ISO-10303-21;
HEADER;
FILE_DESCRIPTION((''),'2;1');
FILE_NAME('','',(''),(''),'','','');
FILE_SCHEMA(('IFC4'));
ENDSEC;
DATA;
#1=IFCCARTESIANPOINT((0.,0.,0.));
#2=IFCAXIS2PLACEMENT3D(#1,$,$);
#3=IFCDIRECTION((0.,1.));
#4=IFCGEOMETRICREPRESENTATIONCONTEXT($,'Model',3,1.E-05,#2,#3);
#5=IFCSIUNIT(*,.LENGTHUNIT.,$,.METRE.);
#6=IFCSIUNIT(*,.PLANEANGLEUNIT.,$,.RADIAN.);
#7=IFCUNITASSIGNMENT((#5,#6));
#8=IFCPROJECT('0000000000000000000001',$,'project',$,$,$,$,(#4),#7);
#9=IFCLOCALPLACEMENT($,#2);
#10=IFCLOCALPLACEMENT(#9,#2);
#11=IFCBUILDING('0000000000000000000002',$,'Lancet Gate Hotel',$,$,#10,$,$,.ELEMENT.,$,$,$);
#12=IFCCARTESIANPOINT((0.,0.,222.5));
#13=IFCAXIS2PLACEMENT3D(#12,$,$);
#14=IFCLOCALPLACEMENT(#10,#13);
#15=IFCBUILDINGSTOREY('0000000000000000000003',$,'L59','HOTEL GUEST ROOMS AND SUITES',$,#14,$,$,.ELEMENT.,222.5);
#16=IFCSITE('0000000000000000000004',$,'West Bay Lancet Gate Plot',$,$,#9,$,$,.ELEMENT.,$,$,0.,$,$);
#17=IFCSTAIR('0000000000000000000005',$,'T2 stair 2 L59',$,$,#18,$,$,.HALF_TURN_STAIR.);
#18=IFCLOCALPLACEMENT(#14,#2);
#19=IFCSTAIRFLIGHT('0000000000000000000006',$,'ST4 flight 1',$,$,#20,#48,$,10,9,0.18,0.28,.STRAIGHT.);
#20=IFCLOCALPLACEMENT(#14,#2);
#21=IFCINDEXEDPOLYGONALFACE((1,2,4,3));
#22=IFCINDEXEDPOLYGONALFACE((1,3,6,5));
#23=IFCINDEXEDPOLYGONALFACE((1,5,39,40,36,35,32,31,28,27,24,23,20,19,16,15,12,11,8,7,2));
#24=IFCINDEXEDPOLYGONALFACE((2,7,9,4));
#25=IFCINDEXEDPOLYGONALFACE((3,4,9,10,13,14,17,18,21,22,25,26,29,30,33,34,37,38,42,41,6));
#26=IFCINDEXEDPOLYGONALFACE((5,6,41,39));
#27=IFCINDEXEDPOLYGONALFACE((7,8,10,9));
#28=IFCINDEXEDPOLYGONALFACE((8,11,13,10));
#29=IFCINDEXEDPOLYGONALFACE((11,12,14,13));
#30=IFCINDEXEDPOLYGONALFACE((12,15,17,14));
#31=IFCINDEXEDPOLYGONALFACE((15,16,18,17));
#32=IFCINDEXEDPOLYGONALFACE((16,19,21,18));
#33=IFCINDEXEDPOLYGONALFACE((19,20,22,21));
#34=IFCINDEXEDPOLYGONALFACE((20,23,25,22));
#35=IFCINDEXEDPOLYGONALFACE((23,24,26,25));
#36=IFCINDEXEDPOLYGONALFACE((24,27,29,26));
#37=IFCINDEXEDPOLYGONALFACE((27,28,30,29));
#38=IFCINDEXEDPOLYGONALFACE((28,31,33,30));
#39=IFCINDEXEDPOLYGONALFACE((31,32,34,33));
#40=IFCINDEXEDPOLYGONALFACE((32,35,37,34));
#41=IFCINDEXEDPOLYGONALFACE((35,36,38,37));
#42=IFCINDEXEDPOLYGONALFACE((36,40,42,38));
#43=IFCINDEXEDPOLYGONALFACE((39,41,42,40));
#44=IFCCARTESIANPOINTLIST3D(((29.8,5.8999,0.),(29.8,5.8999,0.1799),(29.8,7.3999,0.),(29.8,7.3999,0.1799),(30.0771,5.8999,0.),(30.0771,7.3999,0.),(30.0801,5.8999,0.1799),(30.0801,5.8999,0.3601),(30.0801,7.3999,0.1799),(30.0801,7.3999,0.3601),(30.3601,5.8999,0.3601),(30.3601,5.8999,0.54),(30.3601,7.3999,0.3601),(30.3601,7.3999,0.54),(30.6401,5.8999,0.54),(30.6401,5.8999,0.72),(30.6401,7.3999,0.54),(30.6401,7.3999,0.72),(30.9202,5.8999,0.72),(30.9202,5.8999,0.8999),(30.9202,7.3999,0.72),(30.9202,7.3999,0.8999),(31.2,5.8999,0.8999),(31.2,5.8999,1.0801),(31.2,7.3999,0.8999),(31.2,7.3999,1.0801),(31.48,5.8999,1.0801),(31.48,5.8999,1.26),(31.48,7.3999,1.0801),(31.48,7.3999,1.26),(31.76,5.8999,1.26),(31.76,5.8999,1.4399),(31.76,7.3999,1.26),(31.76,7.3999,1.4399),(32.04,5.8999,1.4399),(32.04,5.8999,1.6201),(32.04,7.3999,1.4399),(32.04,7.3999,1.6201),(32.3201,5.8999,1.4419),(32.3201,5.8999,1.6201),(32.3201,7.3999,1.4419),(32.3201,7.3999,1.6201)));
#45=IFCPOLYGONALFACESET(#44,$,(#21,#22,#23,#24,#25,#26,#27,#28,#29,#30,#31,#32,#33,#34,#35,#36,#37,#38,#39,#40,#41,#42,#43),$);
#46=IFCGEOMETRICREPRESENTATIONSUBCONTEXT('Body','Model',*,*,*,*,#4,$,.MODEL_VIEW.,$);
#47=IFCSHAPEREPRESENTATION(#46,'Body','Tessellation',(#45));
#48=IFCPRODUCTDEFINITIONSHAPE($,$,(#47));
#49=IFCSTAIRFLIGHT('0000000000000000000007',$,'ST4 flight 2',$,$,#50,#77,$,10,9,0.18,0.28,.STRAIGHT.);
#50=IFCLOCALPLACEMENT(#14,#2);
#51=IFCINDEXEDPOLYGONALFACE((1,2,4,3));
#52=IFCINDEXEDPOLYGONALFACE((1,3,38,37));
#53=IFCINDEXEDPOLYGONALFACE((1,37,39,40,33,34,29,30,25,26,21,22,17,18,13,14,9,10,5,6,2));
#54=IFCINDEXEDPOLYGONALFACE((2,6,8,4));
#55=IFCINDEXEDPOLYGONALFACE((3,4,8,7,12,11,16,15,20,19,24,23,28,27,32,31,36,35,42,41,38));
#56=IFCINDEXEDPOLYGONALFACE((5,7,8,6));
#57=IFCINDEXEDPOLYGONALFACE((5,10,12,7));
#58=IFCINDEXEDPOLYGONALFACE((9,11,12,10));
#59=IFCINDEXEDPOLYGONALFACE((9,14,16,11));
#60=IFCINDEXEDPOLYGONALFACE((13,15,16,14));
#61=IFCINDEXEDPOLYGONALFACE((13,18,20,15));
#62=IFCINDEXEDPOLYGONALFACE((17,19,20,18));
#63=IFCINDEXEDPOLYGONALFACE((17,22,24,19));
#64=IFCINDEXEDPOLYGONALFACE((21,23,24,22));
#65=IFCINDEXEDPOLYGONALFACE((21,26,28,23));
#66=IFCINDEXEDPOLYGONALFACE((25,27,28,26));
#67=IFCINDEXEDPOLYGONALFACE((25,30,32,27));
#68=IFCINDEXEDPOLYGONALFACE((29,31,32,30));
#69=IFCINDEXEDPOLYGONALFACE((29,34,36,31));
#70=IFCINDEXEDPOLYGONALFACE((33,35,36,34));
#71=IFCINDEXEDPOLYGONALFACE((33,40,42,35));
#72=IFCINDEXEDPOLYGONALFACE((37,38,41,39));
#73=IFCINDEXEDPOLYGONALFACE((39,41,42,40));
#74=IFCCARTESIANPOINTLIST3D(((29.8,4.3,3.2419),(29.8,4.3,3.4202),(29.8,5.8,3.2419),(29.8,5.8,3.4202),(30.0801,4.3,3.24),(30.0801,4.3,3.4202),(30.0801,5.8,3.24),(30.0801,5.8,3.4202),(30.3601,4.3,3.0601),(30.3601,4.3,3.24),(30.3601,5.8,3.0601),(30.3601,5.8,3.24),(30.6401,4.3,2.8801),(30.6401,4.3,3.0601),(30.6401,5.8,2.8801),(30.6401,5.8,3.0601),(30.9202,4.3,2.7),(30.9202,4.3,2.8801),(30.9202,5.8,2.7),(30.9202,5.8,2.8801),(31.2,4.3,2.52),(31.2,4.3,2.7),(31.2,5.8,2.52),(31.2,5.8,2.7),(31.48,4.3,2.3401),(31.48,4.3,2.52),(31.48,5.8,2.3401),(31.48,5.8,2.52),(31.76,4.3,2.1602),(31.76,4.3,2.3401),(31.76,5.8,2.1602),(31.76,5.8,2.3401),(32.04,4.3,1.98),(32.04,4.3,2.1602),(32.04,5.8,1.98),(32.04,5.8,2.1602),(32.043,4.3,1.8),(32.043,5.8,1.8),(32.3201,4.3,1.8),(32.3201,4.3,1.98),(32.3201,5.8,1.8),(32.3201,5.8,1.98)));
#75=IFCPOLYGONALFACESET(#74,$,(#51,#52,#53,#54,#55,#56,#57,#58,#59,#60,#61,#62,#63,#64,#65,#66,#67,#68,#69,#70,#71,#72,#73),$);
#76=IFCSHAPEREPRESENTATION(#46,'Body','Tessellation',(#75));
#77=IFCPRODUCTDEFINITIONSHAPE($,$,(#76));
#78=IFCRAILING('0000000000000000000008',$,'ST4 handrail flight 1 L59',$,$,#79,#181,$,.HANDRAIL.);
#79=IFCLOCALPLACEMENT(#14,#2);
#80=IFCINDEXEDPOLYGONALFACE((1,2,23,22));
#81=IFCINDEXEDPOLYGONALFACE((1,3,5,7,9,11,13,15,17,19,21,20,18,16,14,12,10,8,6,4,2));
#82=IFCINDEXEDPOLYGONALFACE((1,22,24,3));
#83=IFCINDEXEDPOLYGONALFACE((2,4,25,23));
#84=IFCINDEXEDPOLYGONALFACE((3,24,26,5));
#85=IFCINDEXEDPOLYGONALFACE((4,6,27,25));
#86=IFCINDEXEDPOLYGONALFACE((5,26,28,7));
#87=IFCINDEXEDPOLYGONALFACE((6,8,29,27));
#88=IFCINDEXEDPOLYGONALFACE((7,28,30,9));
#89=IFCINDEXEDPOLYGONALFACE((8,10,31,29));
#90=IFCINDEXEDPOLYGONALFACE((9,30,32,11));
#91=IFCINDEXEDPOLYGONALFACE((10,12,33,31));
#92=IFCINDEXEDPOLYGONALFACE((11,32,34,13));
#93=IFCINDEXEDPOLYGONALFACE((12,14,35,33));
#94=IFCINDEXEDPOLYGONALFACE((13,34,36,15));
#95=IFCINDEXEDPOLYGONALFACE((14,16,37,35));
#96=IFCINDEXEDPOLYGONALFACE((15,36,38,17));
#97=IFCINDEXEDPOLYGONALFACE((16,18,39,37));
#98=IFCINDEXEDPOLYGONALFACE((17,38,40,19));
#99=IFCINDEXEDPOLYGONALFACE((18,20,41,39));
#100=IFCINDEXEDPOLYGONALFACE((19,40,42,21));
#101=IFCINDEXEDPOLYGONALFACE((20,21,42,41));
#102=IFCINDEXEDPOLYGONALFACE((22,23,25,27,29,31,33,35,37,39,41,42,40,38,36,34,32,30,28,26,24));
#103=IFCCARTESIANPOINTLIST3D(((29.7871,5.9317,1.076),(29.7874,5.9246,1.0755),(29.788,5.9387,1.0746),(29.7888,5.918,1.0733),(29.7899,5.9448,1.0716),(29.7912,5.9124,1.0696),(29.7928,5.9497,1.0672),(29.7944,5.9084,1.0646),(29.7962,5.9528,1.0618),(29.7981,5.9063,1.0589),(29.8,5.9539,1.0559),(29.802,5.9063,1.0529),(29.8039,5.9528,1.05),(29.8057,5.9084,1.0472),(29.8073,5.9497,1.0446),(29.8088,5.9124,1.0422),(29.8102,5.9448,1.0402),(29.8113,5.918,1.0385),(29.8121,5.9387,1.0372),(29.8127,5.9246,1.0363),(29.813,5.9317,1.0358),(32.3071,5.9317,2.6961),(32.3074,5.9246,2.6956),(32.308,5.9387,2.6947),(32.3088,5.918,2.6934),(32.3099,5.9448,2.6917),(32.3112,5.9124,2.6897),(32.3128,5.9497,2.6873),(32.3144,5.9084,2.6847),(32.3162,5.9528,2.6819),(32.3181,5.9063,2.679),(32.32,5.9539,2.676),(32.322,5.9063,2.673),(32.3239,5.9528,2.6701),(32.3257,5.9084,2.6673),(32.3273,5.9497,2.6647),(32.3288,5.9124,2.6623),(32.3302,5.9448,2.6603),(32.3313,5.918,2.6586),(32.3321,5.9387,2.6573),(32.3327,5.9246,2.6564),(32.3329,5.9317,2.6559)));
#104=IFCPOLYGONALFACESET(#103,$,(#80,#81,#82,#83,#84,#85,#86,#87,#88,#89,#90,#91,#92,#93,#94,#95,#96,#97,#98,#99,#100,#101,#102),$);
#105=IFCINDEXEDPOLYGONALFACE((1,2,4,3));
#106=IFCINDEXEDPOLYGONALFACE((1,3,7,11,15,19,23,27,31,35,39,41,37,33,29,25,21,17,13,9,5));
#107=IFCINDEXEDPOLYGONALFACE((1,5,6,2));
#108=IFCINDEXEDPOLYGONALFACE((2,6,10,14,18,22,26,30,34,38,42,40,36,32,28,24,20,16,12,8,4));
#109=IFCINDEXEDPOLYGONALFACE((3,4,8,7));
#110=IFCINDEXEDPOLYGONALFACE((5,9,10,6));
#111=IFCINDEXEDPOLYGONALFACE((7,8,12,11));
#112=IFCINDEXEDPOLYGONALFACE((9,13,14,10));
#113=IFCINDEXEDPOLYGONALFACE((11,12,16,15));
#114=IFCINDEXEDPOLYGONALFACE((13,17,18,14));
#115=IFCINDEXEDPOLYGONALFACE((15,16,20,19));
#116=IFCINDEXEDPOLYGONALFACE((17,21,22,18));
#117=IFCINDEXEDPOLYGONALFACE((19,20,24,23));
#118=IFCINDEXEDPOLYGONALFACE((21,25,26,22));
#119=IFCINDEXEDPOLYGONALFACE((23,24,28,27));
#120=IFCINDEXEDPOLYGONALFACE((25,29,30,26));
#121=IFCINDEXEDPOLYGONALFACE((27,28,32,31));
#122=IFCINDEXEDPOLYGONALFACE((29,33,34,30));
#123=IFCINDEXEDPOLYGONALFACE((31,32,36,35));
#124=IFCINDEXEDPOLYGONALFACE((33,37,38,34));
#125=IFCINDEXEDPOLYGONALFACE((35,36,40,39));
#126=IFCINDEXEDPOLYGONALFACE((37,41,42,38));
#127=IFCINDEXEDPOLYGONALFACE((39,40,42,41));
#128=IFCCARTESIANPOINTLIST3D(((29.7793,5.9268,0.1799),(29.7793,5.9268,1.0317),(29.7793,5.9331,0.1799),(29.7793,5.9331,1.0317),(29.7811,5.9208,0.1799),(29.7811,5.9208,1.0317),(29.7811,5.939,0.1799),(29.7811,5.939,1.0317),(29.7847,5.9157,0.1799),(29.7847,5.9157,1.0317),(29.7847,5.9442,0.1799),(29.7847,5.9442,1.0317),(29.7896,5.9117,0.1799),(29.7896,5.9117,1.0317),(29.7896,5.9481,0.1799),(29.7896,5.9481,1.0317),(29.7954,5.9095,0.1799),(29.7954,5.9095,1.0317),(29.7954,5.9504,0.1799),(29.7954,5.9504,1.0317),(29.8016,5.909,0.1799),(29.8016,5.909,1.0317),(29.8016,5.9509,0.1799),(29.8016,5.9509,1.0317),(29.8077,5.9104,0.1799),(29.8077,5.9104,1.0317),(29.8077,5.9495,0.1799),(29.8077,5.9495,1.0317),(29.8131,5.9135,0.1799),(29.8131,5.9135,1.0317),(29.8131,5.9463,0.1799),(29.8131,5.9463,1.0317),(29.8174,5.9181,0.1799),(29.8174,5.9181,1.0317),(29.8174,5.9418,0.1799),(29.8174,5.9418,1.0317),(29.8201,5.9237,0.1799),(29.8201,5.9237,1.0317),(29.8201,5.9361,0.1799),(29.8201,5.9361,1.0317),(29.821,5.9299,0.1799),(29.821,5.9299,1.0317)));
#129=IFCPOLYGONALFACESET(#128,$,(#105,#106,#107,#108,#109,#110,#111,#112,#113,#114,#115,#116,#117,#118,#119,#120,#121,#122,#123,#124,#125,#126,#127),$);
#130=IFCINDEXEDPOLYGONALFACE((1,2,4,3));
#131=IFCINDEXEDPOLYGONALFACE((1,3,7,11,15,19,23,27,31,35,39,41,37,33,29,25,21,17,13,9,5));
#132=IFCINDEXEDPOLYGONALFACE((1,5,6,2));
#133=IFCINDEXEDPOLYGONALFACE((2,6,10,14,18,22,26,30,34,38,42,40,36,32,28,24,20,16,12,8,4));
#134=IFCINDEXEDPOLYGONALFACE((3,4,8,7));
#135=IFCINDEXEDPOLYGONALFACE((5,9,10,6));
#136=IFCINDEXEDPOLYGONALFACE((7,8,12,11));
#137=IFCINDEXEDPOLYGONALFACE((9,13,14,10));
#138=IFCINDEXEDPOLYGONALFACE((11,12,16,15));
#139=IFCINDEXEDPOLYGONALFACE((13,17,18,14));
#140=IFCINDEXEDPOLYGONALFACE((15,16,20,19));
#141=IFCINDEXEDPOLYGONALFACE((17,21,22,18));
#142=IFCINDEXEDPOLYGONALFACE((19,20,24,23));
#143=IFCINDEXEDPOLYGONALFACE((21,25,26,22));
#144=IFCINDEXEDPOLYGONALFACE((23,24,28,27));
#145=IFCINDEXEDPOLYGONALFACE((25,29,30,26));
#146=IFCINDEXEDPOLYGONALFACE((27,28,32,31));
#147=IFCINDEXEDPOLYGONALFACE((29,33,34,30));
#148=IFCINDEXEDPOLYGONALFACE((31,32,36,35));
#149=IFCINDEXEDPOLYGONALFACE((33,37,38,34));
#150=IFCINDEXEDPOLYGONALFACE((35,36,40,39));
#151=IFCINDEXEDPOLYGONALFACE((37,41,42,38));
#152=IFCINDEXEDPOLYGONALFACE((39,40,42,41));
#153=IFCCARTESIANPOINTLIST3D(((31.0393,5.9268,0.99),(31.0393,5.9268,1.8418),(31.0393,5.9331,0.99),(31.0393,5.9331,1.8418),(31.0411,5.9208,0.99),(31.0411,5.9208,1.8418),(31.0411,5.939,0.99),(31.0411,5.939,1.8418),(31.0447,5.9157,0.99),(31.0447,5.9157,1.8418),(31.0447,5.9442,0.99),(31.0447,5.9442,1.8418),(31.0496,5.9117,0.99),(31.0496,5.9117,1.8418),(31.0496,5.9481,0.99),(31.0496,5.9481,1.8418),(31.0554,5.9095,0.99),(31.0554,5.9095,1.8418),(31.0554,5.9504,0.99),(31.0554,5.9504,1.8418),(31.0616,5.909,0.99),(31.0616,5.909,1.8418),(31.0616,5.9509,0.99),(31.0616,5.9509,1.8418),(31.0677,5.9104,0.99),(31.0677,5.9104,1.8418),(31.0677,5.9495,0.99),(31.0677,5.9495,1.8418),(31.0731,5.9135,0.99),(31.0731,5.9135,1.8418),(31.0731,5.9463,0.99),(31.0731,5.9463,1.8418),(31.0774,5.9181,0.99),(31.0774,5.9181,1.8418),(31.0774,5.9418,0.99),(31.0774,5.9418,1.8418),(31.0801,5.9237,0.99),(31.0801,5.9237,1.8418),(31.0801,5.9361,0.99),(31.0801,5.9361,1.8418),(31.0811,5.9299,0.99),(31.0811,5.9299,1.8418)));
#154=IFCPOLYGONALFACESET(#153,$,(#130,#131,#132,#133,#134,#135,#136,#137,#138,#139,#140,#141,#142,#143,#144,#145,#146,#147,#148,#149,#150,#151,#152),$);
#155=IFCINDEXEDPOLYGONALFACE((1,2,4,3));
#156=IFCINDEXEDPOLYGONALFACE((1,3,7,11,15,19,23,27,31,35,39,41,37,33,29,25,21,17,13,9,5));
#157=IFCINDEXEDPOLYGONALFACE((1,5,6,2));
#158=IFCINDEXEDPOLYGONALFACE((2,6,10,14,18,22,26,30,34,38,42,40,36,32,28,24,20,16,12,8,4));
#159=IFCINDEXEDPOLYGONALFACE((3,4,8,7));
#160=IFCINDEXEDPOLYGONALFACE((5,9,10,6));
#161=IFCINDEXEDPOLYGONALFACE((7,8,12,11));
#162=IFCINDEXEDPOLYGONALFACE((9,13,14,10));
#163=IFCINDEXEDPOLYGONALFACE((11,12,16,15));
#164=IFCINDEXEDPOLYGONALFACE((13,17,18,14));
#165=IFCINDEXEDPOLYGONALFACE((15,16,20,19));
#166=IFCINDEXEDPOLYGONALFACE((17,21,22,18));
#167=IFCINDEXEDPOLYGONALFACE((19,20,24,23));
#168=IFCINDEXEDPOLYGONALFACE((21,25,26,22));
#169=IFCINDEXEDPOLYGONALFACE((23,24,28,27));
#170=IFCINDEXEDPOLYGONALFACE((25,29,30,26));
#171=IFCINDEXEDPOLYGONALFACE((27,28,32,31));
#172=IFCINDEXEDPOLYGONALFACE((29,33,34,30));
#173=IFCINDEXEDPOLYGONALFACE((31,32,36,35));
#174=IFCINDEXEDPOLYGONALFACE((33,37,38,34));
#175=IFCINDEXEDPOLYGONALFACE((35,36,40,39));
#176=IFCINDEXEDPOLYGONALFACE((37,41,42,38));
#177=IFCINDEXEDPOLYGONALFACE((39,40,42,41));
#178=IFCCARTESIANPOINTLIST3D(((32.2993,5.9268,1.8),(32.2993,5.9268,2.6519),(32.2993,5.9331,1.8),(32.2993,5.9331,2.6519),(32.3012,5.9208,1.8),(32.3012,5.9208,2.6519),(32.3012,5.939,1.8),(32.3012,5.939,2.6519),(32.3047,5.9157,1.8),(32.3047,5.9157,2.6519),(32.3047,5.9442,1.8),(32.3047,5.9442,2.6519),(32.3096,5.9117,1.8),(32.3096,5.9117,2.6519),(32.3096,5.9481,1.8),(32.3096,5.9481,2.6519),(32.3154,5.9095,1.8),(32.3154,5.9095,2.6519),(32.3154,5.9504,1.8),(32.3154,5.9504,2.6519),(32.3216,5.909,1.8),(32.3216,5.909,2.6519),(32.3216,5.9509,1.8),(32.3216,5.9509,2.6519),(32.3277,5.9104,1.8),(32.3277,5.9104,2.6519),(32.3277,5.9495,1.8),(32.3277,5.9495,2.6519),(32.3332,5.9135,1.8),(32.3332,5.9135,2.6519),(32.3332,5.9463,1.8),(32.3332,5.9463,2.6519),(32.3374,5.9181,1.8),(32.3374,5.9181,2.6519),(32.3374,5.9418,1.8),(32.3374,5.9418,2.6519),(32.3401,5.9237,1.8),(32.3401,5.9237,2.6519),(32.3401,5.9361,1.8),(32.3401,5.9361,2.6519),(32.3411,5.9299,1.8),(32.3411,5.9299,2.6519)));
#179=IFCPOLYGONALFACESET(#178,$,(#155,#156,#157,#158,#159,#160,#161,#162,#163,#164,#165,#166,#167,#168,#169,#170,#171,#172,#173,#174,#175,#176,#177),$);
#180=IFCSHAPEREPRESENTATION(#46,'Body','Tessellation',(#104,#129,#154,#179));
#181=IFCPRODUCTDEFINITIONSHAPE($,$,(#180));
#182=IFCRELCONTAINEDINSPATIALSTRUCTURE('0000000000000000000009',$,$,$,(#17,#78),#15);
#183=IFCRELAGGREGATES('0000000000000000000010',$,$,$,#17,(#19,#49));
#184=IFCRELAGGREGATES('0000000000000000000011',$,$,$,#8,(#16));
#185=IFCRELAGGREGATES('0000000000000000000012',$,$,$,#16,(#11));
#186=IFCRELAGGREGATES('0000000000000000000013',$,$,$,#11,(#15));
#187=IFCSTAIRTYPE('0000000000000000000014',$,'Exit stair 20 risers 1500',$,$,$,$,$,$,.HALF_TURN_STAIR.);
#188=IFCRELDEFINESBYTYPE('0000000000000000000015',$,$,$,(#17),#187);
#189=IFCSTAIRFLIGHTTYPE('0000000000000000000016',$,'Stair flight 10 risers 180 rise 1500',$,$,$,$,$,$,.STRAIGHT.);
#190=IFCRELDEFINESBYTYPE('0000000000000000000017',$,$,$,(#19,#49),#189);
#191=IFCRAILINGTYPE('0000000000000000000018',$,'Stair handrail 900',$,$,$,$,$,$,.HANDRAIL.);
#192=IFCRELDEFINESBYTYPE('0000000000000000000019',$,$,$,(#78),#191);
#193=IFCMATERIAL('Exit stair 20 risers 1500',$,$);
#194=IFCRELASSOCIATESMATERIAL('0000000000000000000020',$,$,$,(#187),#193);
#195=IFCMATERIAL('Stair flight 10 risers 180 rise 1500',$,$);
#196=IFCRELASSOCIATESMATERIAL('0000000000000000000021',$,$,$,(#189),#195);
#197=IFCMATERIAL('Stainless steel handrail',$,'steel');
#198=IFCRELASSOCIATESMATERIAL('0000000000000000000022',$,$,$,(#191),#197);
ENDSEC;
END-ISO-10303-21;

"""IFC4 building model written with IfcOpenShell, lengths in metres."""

from ifc_helpers import new_model, si_unit, direction, frame, origin, origin_2d, place, context, subcontext, project, spatial, polyline, circle, outline, extrude, material, type_object, element, aggregate, save


model = new_model("IFC4")

# Units and contexts
model_context = context("Model", 3, precision=1e-05, world=origin(), true_north=direction((0.0, 1.0)))
body_context = subcontext(model_context, "Body", "Model", "MODEL_VIEW")
ifc_project = project(units=[si_unit("LENGTHUNIT", "METRE"), si_unit("PLANEANGLEUNIT", "RADIAN")], contexts=[model_context])

# Site, building, storey
site_placement = place(None, origin())
site = spatial("IfcSite", under=ifc_project, at=site_placement, Name="West Bay Lancet Gate Plot", CompositionType="ELEMENT", RefElevation=0.0)
building_placement = place(site_placement, origin())
building = spatial("IfcBuilding", under=site, at=building_placement, Name="Lancet Gate Hotel", CompositionType="ELEMENT")
storey_placement = place(building_placement, frame((0.0, 0.0, 222.5)))
storey = spatial("IfcBuildingStorey", under=building, at=storey_placement, Name="L59", Description="HOTEL GUEST ROOMS AND SUITES", CompositionType="ELEMENT", Elevation=222.5)

# Stair, stair flights
ifc_material_1 = material(Name="Exit stair 20 risers 1500")
stair_type = type_object("IfcStairType", Name="Exit stair 20 risers 1500", PredefinedType="HALF_TURN_STAIR", material=ifc_material_1)
stair_placement = place(storey_placement, origin())
stair = element("IfcStair", 1, at=stair_placement, inside=storey, type_object=stair_type, Name="T2 stair 2 L59", PredefinedType="HALF_TURN_STAIR")
ifc_material_2 = material(Name="Stair flight 10 risers 180 rise 1500")
stair_flight_type = type_object("IfcStairFlightType", Name="Stair flight 10 risers 180 rise 1500", PredefinedType="STRAIGHT", material=ifc_material_2)
stair_flight_1_placement = place(storey_placement, frame((29.8, 6.6499, 0.0), z_axis=(0.0, 0.0, 1.0), x_axis=(1.0, 0.0, 0.0)))
stair_flight_1 = element("IfcStairFlight", 2, at=stair_flight_1_placement, type_object=stair_flight_type, Name="ST4 flight 1", NumberOfRisers=10, NumberOfTreads=9, PredefinedType="STRAIGHT", RiserHeight=0.18, TreadLength=0.28, context=body_context, shape_type="SweptSolid", body=[
    extrude(outline(polyline([(0.0, 0.0), (0.0, 0.1799), (0.28, 0.1799), (0.28, 0.3601), (0.5601, 0.3601), (0.5601, 0.54), (0.8401, 0.54), (0.8401, 0.72), (1.1201, 0.72), (1.1201, 0.8999), (1.3999, 0.8999), (1.3999, 1.0801), (1.6799, 1.0801), (1.6799, 1.26), (1.96, 1.26), (1.96, 1.4399), (2.24, 1.4399), (2.24, 1.6201), (2.52, 1.6201), (2.52, 1.8), (2.52, 1.4419), (0.2771, 0.0), (0.0, 0.0)])), frame((0.0, 0.75, 0.0), z_axis=(0.0, -1.0, 0.0), x_axis=(1.0, 0.0, 0.0)), (0.0, 0.0, 1.0), 1.5),
])
stair_flight_2_placement = place(storey_placement, frame((32.3201, 5.05, 1.8), z_axis=(0.0, 0.0, 1.0), x_axis=(-1.0, 0.0, 0.0)))
stair_flight_2 = element("IfcStairFlight", 3, at=stair_flight_2_placement, type_object=stair_flight_type, Name="ST4 flight 2", NumberOfRisers=10, NumberOfTreads=9, PredefinedType="STRAIGHT", RiserHeight=0.18, TreadLength=0.28, context=body_context, shape_type="SweptSolid", body=[
    extrude(outline(polyline([(0.0, 0.0), (0.0, 0.1799), (0.28, 0.1799), (0.28, 0.3601), (0.5601, 0.3601), (0.5601, 0.54), (0.8401, 0.54), (0.8401, 0.72), (1.1201, 0.72), (1.1201, 0.8999), (1.3999, 0.8999), (1.3999, 1.0801), (1.6799, 1.0801), (1.6799, 1.26), (1.96, 1.26), (1.96, 1.4399), (2.24, 1.4399), (2.24, 1.6201), (2.52, 1.6201), (2.52, 1.8), (2.52, 1.4419), (0.2771, 0.0), (0.0, 0.0)])), frame((0.0, 0.75, 0.0), z_axis=(0.0, -1.0, 0.0), x_axis=(1.0, 0.0, 0.0)), (0.0, 0.0, 1.0), 1.5),
])
aggregate(stair, [stair_flight_1, stair_flight_2])

# Railing
ifc_material_3 = material(Name="Stainless steel handrail", Category="steel")
railing_type = type_object("IfcRailingType", Name="Stair handrail 900", PredefinedType="HANDRAIL", material=ifc_material_3)
railing_1_placement = place(storey_placement, frame((29.8, 5.9299, 0.1799)))
element("IfcRailing", 4, at=railing_1_placement, inside=storey, type_object=railing_type, Name="ST4 handrail flight 1 L59", PredefinedType="HANDRAIL", context=body_context, shape_type="SweptSolid", body=[
    extrude(circle(Radius=0.0239, at=origin_2d()), frame((0.0, 0.0, 0.876), z_axis=(0.841163, 0.0, 0.540782), x_axis=(0.0, 1.0, 0.0)), (0.0, 0.0, 1.0), 2.9958),
    extrude(circle(Radius=0.021, at=origin_2d()), origin(), (0.0, 0.0, 1.0), 0.8518),
    extrude(circle(Radius=0.021, at=origin_2d()), frame((1.26, 0.0, 0.8101)), (0.0, 0.0, 1.0), 0.8518),
    extrude(circle(Radius=0.021, at=origin_2d()), frame((2.52, 0.0, 1.6201)), (0.0, 0.0, 1.0), 0.8518),
])

save(model, "model.ifc")
